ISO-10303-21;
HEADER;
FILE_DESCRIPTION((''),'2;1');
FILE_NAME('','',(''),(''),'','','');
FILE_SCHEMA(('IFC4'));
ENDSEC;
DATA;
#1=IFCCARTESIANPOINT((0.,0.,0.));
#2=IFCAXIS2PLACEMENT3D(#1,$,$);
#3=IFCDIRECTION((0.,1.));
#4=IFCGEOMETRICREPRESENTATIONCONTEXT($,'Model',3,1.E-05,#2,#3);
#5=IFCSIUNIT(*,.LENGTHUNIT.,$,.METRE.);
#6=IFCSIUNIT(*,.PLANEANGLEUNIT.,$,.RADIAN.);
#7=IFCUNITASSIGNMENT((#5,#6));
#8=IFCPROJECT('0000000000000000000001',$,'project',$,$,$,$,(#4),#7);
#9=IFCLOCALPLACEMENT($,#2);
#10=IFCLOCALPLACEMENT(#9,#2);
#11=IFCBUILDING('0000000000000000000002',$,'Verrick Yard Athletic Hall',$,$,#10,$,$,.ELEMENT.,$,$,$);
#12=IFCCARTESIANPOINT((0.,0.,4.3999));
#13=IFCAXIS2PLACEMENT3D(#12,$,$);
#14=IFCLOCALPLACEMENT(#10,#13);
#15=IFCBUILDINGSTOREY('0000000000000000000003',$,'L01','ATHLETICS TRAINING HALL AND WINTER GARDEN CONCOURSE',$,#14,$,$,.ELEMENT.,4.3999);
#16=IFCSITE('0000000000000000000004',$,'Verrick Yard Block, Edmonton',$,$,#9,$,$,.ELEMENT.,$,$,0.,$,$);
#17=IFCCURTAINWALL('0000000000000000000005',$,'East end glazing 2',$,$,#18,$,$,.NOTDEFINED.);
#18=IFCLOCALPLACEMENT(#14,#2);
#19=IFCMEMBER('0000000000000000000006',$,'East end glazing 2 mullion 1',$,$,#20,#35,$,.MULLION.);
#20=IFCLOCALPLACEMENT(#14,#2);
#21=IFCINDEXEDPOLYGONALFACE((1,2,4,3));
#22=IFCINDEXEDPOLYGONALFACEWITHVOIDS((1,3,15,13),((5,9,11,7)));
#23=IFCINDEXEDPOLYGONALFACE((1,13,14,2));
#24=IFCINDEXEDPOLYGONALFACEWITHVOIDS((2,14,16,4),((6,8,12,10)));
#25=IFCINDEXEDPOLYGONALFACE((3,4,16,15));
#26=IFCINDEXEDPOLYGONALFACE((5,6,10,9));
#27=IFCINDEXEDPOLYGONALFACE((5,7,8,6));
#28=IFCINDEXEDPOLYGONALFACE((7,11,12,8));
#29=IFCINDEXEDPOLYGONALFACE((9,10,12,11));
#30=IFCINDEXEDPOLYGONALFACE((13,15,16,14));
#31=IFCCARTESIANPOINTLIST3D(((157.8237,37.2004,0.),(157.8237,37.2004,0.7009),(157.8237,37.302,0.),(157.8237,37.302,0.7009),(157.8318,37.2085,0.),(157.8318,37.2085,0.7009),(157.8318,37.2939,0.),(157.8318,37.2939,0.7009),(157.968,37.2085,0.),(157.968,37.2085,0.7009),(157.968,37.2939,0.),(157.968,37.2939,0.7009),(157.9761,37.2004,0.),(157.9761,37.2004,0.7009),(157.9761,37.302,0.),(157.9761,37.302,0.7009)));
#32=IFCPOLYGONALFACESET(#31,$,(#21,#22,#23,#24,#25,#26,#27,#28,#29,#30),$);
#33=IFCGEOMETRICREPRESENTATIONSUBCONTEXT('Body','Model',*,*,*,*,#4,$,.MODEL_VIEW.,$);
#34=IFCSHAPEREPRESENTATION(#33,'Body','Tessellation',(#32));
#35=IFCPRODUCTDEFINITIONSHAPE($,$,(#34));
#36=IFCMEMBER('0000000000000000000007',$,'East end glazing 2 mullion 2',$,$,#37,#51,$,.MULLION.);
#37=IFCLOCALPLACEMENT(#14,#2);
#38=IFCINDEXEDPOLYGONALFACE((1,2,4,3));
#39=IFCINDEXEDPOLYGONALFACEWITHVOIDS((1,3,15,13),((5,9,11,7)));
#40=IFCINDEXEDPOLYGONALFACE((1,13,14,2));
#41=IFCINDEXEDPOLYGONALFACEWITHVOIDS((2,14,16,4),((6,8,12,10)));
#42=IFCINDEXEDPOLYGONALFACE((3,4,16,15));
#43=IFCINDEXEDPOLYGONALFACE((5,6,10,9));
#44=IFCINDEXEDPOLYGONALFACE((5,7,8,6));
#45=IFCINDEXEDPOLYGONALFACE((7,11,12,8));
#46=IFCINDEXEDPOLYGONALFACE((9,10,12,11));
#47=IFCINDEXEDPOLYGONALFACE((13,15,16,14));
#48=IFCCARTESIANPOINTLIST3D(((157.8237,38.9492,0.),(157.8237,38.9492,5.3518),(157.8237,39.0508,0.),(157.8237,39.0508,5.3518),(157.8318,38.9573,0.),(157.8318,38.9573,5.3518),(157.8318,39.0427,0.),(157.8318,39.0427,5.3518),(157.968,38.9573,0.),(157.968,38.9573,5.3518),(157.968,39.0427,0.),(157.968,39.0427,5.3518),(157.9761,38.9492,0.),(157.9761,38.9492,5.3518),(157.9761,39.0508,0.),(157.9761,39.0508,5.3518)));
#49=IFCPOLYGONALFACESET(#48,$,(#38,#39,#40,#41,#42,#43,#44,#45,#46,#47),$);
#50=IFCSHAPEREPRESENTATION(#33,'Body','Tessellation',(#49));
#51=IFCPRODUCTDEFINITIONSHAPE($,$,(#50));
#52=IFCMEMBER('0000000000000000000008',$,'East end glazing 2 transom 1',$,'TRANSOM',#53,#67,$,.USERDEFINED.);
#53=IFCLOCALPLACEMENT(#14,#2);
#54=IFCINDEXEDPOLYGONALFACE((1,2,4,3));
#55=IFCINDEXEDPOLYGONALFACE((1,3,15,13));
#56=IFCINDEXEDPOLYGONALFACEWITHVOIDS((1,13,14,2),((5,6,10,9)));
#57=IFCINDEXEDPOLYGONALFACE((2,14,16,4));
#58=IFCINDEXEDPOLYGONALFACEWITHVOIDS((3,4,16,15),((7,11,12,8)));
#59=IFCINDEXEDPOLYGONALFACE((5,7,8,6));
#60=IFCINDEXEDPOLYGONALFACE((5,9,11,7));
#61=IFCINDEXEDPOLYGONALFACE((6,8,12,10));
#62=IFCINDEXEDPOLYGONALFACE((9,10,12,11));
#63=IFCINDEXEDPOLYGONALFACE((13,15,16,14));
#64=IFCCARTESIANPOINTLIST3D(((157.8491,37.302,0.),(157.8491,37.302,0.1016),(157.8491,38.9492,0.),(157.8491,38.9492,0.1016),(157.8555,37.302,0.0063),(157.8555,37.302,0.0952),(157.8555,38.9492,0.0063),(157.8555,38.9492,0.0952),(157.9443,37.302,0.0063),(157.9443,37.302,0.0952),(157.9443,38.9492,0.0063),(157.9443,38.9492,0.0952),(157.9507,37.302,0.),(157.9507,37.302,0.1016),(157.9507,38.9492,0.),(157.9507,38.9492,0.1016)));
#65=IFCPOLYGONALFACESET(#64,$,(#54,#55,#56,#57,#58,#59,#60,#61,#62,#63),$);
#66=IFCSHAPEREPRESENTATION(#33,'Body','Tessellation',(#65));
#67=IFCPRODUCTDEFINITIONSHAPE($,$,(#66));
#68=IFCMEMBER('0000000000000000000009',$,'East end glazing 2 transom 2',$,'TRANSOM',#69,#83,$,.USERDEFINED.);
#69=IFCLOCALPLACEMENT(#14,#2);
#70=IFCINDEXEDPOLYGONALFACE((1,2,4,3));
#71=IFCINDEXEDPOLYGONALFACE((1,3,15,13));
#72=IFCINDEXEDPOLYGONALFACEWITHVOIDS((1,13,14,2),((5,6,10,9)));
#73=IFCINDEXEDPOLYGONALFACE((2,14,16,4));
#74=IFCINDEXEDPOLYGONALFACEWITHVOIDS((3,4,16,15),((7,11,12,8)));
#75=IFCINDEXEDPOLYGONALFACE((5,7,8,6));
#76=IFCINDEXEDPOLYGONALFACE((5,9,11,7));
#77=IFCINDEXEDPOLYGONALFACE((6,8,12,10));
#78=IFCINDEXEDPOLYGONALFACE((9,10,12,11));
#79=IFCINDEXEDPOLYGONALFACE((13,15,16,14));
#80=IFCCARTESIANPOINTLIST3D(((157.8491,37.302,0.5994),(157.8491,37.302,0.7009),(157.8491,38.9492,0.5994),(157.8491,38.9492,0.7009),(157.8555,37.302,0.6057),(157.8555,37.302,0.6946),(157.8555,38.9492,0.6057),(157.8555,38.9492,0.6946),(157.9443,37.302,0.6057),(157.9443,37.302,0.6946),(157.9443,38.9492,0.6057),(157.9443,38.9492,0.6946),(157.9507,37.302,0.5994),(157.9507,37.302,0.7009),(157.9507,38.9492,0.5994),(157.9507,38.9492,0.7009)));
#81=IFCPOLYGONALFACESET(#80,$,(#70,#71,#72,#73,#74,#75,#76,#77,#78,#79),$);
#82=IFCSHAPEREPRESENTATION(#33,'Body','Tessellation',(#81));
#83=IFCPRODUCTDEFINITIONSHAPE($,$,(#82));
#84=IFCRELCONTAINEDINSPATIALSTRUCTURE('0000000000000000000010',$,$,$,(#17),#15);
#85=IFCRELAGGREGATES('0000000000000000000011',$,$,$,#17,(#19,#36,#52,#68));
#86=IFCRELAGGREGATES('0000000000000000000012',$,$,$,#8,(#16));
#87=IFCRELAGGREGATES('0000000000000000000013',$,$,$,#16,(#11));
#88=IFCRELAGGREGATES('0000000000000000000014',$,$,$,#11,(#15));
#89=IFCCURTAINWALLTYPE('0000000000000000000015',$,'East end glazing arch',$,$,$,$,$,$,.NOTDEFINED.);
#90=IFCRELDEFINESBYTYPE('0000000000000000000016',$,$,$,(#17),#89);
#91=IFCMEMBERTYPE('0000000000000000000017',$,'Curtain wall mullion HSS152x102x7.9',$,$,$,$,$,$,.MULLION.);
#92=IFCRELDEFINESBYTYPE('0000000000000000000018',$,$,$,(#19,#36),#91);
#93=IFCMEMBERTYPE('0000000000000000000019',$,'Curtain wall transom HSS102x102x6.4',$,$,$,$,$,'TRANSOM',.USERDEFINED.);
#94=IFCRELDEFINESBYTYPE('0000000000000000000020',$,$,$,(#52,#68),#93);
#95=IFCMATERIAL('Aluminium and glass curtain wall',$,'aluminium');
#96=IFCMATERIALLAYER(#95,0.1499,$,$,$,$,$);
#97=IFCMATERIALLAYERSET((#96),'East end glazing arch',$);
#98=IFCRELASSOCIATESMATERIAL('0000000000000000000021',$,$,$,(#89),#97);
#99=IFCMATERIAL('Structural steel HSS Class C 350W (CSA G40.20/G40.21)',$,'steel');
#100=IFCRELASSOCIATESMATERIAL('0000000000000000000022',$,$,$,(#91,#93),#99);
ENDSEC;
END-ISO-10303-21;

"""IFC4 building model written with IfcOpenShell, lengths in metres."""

from ifc_helpers import new_model, si_unit, direction, frame, origin, origin_2d, place, context, subcontext, project, spatial, hollow_rectangle, extrude, material, layer, layer_set, material_profile, profile_set, type_object, element, aggregate, save


model = new_model("IFC4")

# Units and contexts
model_context = context("Model", 3, precision=1e-05, world=origin(), true_north=direction((0.0, 1.0)))
body_context = subcontext(model_context, "Body", "Model", "MODEL_VIEW")
ifc_project = project(units=[si_unit("LENGTHUNIT", "METRE"), si_unit("PLANEANGLEUNIT", "RADIAN")], contexts=[model_context])

# Site, building, storey
site_placement = place(None, origin())
site = spatial("IfcSite", under=ifc_project, at=site_placement, Name="Verrick Yard Block, Edmonton", CompositionType="ELEMENT", RefElevation=0.0)
building_placement = place(site_placement, origin())
building = spatial("IfcBuilding", under=site, at=building_placement, Name="Verrick Yard Athletic Hall", CompositionType="ELEMENT")
storey_placement = place(building_placement, frame((0.0, 0.0, 4.3999)))
storey = spatial("IfcBuildingStorey", under=building, at=storey_placement, Name="L01", Description="ATHLETICS TRAINING HALL AND WINTER GARDEN CONCOURSE", CompositionType="ELEMENT", Elevation=4.3999)

# Curtain wall, members
ifc_material_1 = material(Name="Aluminium and glass curtain wall", Category="aluminium")
ifc_layer_1 = layer(ifc_material_1, 0.1499)
ifc_layer_set_1 = layer_set([ifc_layer_1], Name="East end glazing arch")
curtain_wall_type = type_object("IfcCurtainWallType", Name="East end glazing arch", PredefinedType="NOTDEFINED", material=ifc_layer_set_1)
curtain_wall_placement = place(storey_placement, origin())
curtain_wall = element("IfcCurtainWall", 1, at=curtain_wall_placement, inside=storey, type_object=curtain_wall_type, Name="East end glazing 2", PredefinedType="NOTDEFINED")
ifc_material_2 = material(Name="Structural steel HSS Class C 350W (CSA G40.20/G40.21)", Category="steel")
ifc_material_profile_1 = material_profile(ifc_material_2, hollow_rectangle(XDim=0.1016, YDim=0.1523, WallThickness=0.0081, at=origin_2d()), Name="HSS152x102x7.9")
ifc_profile_set_1 = profile_set([ifc_material_profile_1], Name="Structural steel HSS Class C 350W (CSA G40.20/G40.21)")
member_type_1 = type_object("IfcMemberType", Name="Curtain wall mullion HSS152x102x7.9", PredefinedType="MULLION", material=ifc_profile_set_1)
member_1_placement = place(storey_placement, frame((157.8999, 37.2512, 0.0), z_axis=(0.0, 0.0, 1.0), x_axis=(0.0, 1.0, 0.0)))
member_1 = element("IfcMember", 2, at=member_1_placement, type_object=member_type_1, Name="East end glazing 2 mullion 1", PredefinedType="MULLION", context=body_context, shape_type="SweptSolid", body=[
    extrude(hollow_rectangle(XDim=0.1016, YDim=0.1523, WallThickness=0.0081, at=origin_2d()), origin(), (0.0, 0.0, 1.0), 0.7009),
])
member_2_placement = place(storey_placement, frame((157.8999, 39.0, 0.0), z_axis=(0.0, 0.0, 1.0), x_axis=(0.0, 1.0, 0.0)))
member_2 = element("IfcMember", 3, at=member_2_placement, type_object=member_type_1, Name="East end glazing 2 mullion 2", PredefinedType="MULLION", context=body_context, shape_type="SweptSolid", body=[
    extrude(hollow_rectangle(XDim=0.1016, YDim=0.1523, WallThickness=0.0081, at=origin_2d()), origin(), (0.0, 0.0, 1.0), 5.3518),
])
ifc_material_profile_2 = material_profile(ifc_material_2, hollow_rectangle(XDim=0.1016, YDim=0.1016, WallThickness=0.0063, at=origin_2d()), Name="HSS102x102x6.4")
ifc_profile_set_2 = profile_set([ifc_material_profile_2], Name="Structural steel HSS Class C 350W (CSA G40.20/G40.21)")
member_type_2 = type_object("IfcMemberType", Name="Curtain wall transom HSS102x102x6.4", ElementType="TRANSOM", PredefinedType="USERDEFINED", material=ifc_profile_set_2)
member_3_placement = place(storey_placement, frame((157.8999, 37.302, 0.0508), z_axis=(0.0, 1.0, 0.0), x_axis=(-1.0, 0.0, 0.0)))
member_3 = element("IfcMember", 4, at=member_3_placement, type_object=member_type_2, Name="East end glazing 2 transom 1", ObjectType="TRANSOM", PredefinedType="USERDEFINED", context=body_context, shape_type="SweptSolid", body=[
    extrude(hollow_rectangle(XDim=0.1016, YDim=0.1016, WallThickness=0.0063, at=origin_2d()), origin(), (0.0, 0.0, 1.0), 1.6472),
])
member_4_placement = place(storey_placement, frame((157.8999, 37.302, 0.6501), z_axis=(0.0, 1.0, 0.0), x_axis=(-1.0, 0.0, 0.0)))
member_4 = element("IfcMember", 5, at=member_4_placement, type_object=member_type_2, Name="East end glazing 2 transom 2", ObjectType="TRANSOM", PredefinedType="USERDEFINED", context=body_context, shape_type="SweptSolid", body=[
    extrude(hollow_rectangle(XDim=0.1016, YDim=0.1016, WallThickness=0.0063, at=origin_2d()), origin(), (0.0, 0.0, 1.0), 1.6472),
])
aggregate(curtain_wall, [member_1, member_2, member_3, member_4])

save(model, "model.ifc")
